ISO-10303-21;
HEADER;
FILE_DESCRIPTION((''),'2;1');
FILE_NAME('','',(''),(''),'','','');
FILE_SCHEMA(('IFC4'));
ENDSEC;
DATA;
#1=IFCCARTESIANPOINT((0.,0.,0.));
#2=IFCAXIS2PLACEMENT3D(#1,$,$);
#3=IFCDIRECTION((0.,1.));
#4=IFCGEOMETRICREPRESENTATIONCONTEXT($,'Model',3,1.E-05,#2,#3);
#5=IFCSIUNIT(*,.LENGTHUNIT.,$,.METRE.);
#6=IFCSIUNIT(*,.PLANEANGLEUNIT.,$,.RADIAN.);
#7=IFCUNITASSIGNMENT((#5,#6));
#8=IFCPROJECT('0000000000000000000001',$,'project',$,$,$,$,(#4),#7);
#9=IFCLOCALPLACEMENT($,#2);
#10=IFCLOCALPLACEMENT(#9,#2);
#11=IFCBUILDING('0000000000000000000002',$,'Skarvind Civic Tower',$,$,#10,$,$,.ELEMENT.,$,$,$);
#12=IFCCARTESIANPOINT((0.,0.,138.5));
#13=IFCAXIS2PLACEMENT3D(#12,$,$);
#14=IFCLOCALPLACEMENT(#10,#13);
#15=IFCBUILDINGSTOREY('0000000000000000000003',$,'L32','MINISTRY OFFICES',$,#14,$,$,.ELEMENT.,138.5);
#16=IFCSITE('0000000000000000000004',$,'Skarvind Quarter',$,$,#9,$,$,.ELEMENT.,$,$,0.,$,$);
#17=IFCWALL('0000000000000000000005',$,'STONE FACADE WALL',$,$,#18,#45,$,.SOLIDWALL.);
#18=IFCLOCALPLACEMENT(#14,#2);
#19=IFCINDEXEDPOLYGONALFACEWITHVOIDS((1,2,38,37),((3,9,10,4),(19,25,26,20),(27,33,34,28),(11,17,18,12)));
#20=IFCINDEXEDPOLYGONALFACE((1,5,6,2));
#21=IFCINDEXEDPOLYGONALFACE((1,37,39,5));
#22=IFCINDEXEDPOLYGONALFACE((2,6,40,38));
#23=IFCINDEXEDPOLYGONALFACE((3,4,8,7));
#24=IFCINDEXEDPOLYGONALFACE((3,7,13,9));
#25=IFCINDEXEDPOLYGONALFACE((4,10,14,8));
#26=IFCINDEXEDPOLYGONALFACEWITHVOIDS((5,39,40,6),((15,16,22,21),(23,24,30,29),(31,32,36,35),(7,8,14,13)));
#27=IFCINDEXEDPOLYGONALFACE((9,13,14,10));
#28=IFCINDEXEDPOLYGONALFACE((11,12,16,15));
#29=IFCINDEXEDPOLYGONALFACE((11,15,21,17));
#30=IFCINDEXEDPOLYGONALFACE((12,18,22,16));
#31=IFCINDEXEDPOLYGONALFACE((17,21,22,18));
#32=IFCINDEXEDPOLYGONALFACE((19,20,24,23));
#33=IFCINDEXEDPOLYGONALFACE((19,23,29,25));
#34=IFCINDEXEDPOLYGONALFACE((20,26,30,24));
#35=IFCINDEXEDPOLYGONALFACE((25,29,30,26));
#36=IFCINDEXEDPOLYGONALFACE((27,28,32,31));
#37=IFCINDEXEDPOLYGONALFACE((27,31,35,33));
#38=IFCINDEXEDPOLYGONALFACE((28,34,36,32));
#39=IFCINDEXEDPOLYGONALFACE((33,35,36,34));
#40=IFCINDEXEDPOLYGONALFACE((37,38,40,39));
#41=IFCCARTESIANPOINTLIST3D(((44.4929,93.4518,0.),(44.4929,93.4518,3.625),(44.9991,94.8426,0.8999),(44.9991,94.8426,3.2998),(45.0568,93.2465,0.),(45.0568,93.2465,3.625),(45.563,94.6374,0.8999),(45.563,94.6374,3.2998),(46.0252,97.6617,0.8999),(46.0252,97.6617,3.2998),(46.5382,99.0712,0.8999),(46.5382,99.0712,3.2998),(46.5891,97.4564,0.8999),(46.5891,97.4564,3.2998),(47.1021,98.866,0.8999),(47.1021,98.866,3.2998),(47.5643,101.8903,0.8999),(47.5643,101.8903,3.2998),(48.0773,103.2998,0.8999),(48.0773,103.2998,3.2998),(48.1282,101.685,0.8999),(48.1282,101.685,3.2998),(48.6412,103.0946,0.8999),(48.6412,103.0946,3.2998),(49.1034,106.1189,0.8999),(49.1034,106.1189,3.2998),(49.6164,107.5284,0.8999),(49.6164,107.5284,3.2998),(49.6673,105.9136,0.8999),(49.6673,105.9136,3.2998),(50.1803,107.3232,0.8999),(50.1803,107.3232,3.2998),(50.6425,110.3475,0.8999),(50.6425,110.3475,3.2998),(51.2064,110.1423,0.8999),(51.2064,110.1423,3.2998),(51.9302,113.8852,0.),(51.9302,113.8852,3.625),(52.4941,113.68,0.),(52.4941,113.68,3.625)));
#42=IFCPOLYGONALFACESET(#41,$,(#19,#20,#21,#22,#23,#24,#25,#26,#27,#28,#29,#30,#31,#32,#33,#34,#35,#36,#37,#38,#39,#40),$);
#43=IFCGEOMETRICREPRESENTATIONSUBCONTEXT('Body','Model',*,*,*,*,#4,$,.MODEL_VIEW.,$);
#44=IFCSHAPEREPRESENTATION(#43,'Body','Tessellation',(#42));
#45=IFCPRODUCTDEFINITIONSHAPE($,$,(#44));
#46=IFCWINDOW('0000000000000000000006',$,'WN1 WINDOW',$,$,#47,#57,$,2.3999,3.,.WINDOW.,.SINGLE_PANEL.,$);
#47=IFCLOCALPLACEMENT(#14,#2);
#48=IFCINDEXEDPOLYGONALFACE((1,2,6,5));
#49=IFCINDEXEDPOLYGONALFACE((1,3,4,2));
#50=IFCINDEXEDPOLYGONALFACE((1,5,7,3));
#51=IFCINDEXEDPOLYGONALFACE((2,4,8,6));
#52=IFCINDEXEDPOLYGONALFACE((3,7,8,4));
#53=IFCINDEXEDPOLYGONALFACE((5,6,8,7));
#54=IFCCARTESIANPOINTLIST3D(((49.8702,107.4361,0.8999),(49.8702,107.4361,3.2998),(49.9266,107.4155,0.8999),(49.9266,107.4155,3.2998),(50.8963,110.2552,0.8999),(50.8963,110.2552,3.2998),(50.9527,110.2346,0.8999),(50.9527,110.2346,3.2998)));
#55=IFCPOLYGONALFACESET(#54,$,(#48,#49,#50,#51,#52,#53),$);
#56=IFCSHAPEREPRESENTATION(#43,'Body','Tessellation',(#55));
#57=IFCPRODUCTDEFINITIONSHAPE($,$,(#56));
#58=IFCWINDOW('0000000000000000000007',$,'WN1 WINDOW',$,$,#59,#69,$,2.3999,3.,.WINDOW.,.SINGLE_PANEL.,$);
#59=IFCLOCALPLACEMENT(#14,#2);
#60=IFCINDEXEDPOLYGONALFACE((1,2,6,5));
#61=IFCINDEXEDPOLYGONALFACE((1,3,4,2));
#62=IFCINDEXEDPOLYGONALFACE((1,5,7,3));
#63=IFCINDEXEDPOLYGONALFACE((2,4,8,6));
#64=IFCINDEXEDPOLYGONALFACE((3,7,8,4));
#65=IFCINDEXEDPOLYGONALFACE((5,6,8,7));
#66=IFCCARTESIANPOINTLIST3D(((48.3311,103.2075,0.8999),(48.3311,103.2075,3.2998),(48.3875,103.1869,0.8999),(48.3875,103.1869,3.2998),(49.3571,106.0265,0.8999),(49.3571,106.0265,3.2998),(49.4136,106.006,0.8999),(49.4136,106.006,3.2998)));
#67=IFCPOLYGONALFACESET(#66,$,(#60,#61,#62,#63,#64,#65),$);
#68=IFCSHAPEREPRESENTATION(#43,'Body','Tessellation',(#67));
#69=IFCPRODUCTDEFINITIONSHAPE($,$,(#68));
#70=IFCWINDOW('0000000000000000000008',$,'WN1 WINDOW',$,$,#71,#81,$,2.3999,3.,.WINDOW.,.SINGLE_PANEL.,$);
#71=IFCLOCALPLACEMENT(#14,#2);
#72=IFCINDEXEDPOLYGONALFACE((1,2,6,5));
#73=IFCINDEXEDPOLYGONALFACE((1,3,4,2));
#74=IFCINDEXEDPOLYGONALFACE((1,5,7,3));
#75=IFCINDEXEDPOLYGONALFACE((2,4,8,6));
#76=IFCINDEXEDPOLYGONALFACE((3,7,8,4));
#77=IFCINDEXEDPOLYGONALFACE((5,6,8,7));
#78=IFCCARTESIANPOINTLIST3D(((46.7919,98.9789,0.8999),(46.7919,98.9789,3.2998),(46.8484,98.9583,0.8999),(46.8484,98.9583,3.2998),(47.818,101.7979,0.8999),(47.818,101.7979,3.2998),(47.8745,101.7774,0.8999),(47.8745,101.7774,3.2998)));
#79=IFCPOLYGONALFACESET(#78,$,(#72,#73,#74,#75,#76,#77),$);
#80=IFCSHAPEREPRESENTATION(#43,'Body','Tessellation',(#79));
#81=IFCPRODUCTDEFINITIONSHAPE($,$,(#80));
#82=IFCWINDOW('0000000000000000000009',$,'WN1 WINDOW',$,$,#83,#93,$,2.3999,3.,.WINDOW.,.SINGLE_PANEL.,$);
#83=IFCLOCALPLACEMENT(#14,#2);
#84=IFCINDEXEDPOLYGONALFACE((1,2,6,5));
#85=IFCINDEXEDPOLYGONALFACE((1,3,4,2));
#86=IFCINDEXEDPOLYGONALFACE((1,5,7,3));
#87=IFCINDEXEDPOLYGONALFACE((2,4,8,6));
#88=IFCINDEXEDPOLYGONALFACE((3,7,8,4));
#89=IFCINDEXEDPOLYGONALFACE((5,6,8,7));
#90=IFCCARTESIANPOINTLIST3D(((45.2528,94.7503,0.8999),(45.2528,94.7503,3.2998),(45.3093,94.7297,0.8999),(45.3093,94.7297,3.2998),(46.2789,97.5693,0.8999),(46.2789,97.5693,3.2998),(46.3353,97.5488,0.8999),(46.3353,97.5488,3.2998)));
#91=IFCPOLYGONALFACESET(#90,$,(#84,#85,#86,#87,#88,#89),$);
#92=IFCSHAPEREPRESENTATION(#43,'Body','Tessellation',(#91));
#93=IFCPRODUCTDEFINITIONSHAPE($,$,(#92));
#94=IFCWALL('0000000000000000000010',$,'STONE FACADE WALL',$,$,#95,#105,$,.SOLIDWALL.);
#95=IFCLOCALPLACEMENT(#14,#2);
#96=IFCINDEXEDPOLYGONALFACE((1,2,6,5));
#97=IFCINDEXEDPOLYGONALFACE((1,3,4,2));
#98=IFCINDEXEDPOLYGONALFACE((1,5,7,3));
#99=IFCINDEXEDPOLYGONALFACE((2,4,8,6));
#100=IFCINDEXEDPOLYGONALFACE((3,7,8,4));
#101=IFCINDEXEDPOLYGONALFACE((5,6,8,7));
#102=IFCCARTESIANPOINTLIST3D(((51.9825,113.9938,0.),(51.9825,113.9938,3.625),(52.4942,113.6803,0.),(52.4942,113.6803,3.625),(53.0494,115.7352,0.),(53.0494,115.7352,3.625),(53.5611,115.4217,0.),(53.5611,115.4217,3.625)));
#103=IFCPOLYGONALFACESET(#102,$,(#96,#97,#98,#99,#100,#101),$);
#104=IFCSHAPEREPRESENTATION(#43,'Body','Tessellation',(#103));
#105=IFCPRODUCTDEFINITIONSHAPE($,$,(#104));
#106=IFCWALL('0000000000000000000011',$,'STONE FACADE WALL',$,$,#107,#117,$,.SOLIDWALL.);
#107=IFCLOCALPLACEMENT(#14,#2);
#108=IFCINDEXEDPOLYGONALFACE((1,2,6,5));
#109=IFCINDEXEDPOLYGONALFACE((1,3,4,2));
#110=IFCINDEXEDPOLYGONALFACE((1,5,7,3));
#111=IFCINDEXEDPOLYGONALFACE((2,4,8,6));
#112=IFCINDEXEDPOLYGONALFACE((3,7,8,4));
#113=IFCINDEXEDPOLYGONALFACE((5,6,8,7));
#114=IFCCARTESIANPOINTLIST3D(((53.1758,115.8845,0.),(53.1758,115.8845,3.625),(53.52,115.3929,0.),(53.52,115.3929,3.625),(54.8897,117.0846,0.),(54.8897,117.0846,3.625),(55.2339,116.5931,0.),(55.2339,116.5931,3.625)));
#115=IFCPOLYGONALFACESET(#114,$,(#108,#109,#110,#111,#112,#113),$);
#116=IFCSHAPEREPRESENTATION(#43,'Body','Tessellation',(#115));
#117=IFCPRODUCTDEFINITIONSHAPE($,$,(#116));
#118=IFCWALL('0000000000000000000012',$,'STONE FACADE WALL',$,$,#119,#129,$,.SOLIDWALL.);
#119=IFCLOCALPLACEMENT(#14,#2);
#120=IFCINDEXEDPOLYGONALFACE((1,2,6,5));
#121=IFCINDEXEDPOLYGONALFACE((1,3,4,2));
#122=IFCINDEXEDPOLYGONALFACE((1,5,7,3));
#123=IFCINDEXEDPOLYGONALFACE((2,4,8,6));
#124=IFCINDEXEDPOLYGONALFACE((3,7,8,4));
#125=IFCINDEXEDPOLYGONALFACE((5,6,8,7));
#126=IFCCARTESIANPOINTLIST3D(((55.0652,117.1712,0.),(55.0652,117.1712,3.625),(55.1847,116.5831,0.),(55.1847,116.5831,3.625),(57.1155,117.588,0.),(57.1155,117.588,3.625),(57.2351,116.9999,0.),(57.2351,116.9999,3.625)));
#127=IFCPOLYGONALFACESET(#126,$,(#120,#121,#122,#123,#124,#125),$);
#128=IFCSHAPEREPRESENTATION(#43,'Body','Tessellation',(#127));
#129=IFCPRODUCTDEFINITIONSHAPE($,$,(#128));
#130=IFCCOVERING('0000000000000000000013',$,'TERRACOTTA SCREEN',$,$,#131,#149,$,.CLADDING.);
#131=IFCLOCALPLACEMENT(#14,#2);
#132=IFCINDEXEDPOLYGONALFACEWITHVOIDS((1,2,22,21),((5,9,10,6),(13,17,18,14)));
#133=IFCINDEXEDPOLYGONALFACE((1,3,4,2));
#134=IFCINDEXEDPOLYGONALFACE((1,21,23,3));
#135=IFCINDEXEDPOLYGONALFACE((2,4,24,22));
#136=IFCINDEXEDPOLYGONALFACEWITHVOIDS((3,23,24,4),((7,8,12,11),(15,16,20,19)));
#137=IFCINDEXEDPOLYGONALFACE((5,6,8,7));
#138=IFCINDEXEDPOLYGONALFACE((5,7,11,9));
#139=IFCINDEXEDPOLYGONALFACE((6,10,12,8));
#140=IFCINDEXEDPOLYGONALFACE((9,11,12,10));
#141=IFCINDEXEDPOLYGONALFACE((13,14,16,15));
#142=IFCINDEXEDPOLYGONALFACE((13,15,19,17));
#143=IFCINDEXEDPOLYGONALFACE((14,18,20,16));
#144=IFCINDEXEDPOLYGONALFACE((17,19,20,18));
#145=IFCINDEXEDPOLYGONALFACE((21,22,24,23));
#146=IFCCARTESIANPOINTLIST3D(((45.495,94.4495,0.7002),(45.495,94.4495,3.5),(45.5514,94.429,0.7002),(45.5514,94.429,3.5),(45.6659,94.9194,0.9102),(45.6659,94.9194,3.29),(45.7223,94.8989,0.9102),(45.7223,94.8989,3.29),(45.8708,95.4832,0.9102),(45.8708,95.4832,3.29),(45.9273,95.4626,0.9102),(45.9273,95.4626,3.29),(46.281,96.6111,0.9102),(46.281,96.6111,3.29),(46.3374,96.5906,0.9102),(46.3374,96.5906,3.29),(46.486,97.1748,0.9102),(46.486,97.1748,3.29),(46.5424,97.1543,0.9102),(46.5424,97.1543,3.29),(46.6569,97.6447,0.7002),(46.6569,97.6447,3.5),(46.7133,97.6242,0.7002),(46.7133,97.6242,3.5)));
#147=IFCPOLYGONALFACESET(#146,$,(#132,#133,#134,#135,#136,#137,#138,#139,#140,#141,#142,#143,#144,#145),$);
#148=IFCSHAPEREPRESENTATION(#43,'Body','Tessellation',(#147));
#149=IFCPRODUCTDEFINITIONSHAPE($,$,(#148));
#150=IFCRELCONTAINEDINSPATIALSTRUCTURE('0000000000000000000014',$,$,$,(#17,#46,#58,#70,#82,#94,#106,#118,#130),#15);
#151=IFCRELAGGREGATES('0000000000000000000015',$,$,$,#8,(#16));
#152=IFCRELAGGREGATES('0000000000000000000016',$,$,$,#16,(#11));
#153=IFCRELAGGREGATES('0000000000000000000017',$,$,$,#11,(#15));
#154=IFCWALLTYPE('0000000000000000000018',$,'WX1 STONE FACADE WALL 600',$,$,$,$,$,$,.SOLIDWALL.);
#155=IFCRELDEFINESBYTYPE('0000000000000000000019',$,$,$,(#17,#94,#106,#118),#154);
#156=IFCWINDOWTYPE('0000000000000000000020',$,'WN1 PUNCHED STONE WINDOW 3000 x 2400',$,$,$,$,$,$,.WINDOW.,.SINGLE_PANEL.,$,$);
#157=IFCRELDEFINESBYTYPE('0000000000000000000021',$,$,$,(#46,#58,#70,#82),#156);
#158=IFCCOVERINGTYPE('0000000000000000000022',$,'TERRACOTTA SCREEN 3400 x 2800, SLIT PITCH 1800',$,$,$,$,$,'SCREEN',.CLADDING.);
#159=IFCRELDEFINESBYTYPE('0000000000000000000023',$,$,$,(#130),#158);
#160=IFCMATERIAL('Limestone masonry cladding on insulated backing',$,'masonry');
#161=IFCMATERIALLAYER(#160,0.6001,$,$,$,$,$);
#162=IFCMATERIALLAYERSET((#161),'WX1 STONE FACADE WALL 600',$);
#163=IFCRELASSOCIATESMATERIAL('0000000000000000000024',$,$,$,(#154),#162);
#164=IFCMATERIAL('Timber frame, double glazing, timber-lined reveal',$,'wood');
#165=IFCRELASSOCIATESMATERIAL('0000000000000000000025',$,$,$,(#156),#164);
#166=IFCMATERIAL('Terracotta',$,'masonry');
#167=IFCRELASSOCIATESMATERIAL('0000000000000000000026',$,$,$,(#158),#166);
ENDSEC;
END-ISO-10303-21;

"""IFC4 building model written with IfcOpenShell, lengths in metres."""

from ifc_helpers import new_model, si_unit, direction, frame, frame_2d, origin, place, context, subcontext, project, spatial, polyline, rectangle, outline, extrude, material, layer, layer_set, material_profile, profile_set, type_object, element, fill, save


model = new_model("IFC4")

# Units and contexts
model_context = context("Model", 3, precision=1e-05, world=origin(), true_north=direction((0.0, 1.0)))
body_context = subcontext(model_context, "Body", "Model", "MODEL_VIEW")
ifc_project = project(units=[si_unit("LENGTHUNIT", "METRE"), si_unit("PLANEANGLEUNIT", "RADIAN")], contexts=[model_context])

# Site, building, storey
site_placement = place(None, origin())
site = spatial("IfcSite", under=ifc_project, at=site_placement, Name="Skarvind Quarter", CompositionType="ELEMENT", RefElevation=0.0)
building_placement = place(site_placement, origin())
building = spatial("IfcBuilding", under=site, at=building_placement, Name="Skarvind Civic Tower", CompositionType="ELEMENT")
storey_placement = place(building_placement, frame((0.0, 0.0, 138.5)))
storey = spatial("IfcBuildingStorey", under=building, at=storey_placement, Name="L32", Description="MINISTRY OFFICES", CompositionType="ELEMENT", Elevation=138.5)

# Wall, openings, windows
ifc_material_1 = material(Name="Limestone masonry cladding on insulated backing", Category="masonry")
ifc_layer_1 = layer(ifc_material_1, 0.6001)
ifc_layer_set_1 = layer_set([ifc_layer_1], Name="WX1 STONE FACADE WALL 600")
wall_type_1 = type_object("IfcWallType", Name="WX1 STONE FACADE WALL 600", PredefinedType="SOLIDWALL", material=ifc_layer_set_1)
wall_1_placement = place(storey_placement, frame((52.2122, 113.7827, 0.0), z_axis=(0.0, 0.0, 1.0), x_axis=(-0.342025, -0.939691, 0.0)))
wall_1 = element("IfcWall", 1, at=wall_1_placement, inside=storey, type_object=wall_type_1, Name="STONE FACADE WALL", PredefinedType="SOLIDWALL", context=body_context, shape_type="SweptSolid", body=[
    extrude(rectangle(XDim=21.7449, YDim=0.6001, at=frame_2d((10.8726, 0.0))), origin(), (0.0, 0.0, 1.0), 3.625),
])
opening_1_placement = place(wall_1_placement, frame((3.7649, 0.0, 0.8999)))
opening_1 = element("IfcOpeningElement", 2, at=opening_1_placement, cuts=wall_1, PredefinedType="OPENING", context=body_context, shape_type="SweptSolid", body=[
    extrude(rectangle(XDim=3.0, YDim=2.3999, at=frame_2d((1.5, 1.2))), frame((0.0, 0.3101, 0.0), z_axis=(0.0, -1.0, 0.0), x_axis=(1.0, 0.0, 0.0)), (0.0, 0.0, 1.0), 0.6201),
])
opening_2_placement = place(wall_1_placement, frame((8.2649, 0.0, 0.8999)))
opening_2 = element("IfcOpeningElement", 3, at=opening_2_placement, cuts=wall_1, PredefinedType="OPENING", context=body_context, shape_type="SweptSolid", body=[
    extrude(rectangle(XDim=3.0, YDim=2.3999, at=frame_2d((1.5, 1.2))), frame((0.0, 0.3101, 0.0), z_axis=(0.0, -1.0, 0.0), x_axis=(1.0, 0.0, 0.0)), (0.0, 0.0, 1.0), 0.6201),
])
opening_3_placement = place(wall_1_placement, frame((12.7649, 0.0, 0.8999)))
opening_3 = element("IfcOpeningElement", 4, at=opening_3_placement, cuts=wall_1, PredefinedType="OPENING", context=body_context, shape_type="SweptSolid", body=[
    extrude(rectangle(XDim=3.0, YDim=2.3999, at=frame_2d((1.5, 1.2))), frame((0.0, 0.3101, 0.0), z_axis=(0.0, -1.0, 0.0), x_axis=(1.0, 0.0, 0.0)), (0.0, 0.0, 1.0), 0.6201),
])
opening_4_placement = place(wall_1_placement, frame((17.2649, 0.0, 0.8999)))
opening_4 = element("IfcOpeningElement", 5, at=opening_4_placement, cuts=wall_1, PredefinedType="OPENING", context=body_context, shape_type="SweptSolid", body=[
    extrude(rectangle(XDim=3.0, YDim=2.3999, at=frame_2d((1.5, 1.2))), frame((0.0, 0.3101, 0.0), z_axis=(0.0, -1.0, 0.0), x_axis=(1.0, 0.0, 0.0)), (0.0, 0.0, 1.0), 0.6201),
])
ifc_material_2 = material(Name="Timber frame, double glazing, timber-lined reveal", Category="wood")
window_type = type_object("IfcWindowType", Name="WN1 PUNCHED STONE WINDOW 3000 x 2400", PartitioningType="SINGLE_PANEL", PredefinedType="WINDOW", material=ifc_material_2)
window_1_placement = place(opening_1_placement, origin())
window_1 = element("IfcWindow", 6, at=window_1_placement, inside=storey, type_object=window_type, Name="WN1 WINDOW", OverallHeight=2.3999, OverallWidth=3.0, PartitioningType="SINGLE_PANEL", PredefinedType="WINDOW", context=body_context, shape_type="SweptSolid", body=[
    extrude(rectangle(XDim=3.0, YDim=2.3999, at=frame_2d((1.5, 1.2))), frame((0.0, 0.03, 0.0), z_axis=(0.0, -1.0, 0.0), x_axis=(1.0, 0.0, 0.0)), (0.0, 0.0, 1.0), 0.0601),
])
fill(opening_1, window_1)
window_2_placement = place(opening_2_placement, origin())
window_2 = element("IfcWindow", 7, at=window_2_placement, inside=storey, type_object=window_type, Name="WN1 WINDOW", OverallHeight=2.3999, OverallWidth=3.0, PartitioningType="SINGLE_PANEL", PredefinedType="WINDOW", context=body_context, shape_type="SweptSolid", body=[
    extrude(rectangle(XDim=3.0, YDim=2.3999, at=frame_2d((1.5, 1.2))), frame((0.0, 0.03, 0.0), z_axis=(0.0, -1.0, 0.0), x_axis=(1.0, 0.0, 0.0)), (0.0, 0.0, 1.0), 0.0601),
])
fill(opening_2, window_2)
window_3_placement = place(opening_3_placement, origin())
window_3 = element("IfcWindow", 8, at=window_3_placement, inside=storey, type_object=window_type, Name="WN1 WINDOW", OverallHeight=2.3999, OverallWidth=3.0, PartitioningType="SINGLE_PANEL", PredefinedType="WINDOW", context=body_context, shape_type="SweptSolid", body=[
    extrude(rectangle(XDim=3.0, YDim=2.3999, at=frame_2d((1.5, 1.2))), frame((0.0, 0.03, 0.0), z_axis=(0.0, -1.0, 0.0), x_axis=(1.0, 0.0, 0.0)), (0.0, 0.0, 1.0), 0.0601),
])
fill(opening_3, window_3)
window_4_placement = place(opening_4_placement, origin())
window_4 = element("IfcWindow", 9, at=window_4_placement, inside=storey, type_object=window_type, Name="WN1 WINDOW", OverallHeight=2.3999, OverallWidth=3.0, PartitioningType="SINGLE_PANEL", PredefinedType="WINDOW", context=body_context, shape_type="SweptSolid", body=[
    extrude(rectangle(XDim=3.0, YDim=2.3999, at=frame_2d((1.5, 1.2))), frame((0.0, 0.03, 0.0), z_axis=(0.0, -1.0, 0.0), x_axis=(1.0, 0.0, 0.0)), (0.0, 0.0, 1.0), 0.0601),
])
fill(opening_4, window_4)

# Walls
wall_2_placement = place(storey_placement, frame((53.3052, 115.5784, 0.0), z_axis=(0.0, 0.0, 1.0), x_axis=(-0.522402, -0.852699, 0.0)))
element("IfcWall", 10, at=wall_2_placement, inside=storey, type_object=wall_type_1, Name="STONE FACADE WALL", PredefinedType="SOLIDWALL", context=body_context, shape_type="SweptSolid", body=[
    extrude(rectangle(XDim=2.0422, YDim=0.6001, at=frame_2d((1.021, 0.0))), origin(), (0.0, 0.0, 1.0), 3.625),
])
for number, where, z_axis, x_axis, name in (
    (11, (55.0618, 116.8389, 0.0), (0.0, 0.0, 1.0), (-0.819122, -0.573619, 0.0), "STONE FACADE WALL"),
    (12, (57.1753, 117.2939, 0.0), (0.0, 0.0, 1.0), (-0.979961, -0.199189, 0.0), "STONE FACADE WALL"),
):
    element("IfcWall", number, at=place(storey_placement, frame(where, z_axis=z_axis, x_axis=x_axis)), inside=storey, type_object=wall_type_1, Name=name, PredefinedType="SOLIDWALL", context=body_context, shape_type="SweptSolid", body=[
        extrude(rectangle(XDim=2.0923, YDim=0.6001, at=frame_2d((1.0461, 0.0))), origin(), (0.0, 0.0, 1.0), 3.625),
    ])

# Covering
ifc_material_3 = material(Name="Terracotta", Category="masonry")
ifc_material_profile_1 = material_profile(ifc_material_3, outline(polyline([(-1.7, -1.3999), (1.7, -1.3999), (1.7, 1.3999), (-1.7, 1.3999), (-1.7, -1.3999)]), holes=[polyline([(-1.2, -1.1899), (-0.6001, -1.1899), (-0.6001, 1.1899), (-1.2, 1.1899), (-1.2, -1.1899)]), polyline([(0.6001, -1.1899), (1.2, -1.1899), (1.2, 1.1899), (0.6001, 1.1899), (0.6001, -1.1899)])]), Name="TERRACOTTA SCREEN 3400 x 2800, SLIT PITCH 1800")
ifc_profile_set_1 = profile_set([ifc_material_profile_1], Name="Terracotta")
covering_type = type_object("IfcCoveringType", Name="TERRACOTTA SCREEN 3400 x 2800, SLIT PITCH 1800", ElementType="SCREEN", PredefinedType="CLADDING", material=ifc_profile_set_1)
covering_placement = place(storey_placement, frame((46.0759, 96.0471, 2.1001), z_axis=(0.939793, -0.341743, 0.0), x_axis=(0.341743, 0.939793, 0.0)))
element("IfcCovering", 13, at=covering_placement, inside=storey, type_object=covering_type, Name="TERRACOTTA SCREEN", PredefinedType="CLADDING", context=body_context, shape_type="SweptSolid", body=[
    extrude(outline(polyline([(-1.7, -1.3999), (1.7, -1.3999), (1.7, 1.3999), (-1.7, 1.3999), (-1.7, -1.3999)]), holes=[polyline([(-1.2, -1.1899), (-0.6001, -1.1899), (-0.6001, 1.1899), (-1.2, 1.1899), (-1.2, -1.1899)]), polyline([(0.6001, -1.1899), (1.2, -1.1899), (1.2, 1.1899), (0.6001, 1.1899), (0.6001, -1.1899)])]), origin(), (0.0, 0.0, 1.0), 0.0601),
])

save(model, "model.ifc")
